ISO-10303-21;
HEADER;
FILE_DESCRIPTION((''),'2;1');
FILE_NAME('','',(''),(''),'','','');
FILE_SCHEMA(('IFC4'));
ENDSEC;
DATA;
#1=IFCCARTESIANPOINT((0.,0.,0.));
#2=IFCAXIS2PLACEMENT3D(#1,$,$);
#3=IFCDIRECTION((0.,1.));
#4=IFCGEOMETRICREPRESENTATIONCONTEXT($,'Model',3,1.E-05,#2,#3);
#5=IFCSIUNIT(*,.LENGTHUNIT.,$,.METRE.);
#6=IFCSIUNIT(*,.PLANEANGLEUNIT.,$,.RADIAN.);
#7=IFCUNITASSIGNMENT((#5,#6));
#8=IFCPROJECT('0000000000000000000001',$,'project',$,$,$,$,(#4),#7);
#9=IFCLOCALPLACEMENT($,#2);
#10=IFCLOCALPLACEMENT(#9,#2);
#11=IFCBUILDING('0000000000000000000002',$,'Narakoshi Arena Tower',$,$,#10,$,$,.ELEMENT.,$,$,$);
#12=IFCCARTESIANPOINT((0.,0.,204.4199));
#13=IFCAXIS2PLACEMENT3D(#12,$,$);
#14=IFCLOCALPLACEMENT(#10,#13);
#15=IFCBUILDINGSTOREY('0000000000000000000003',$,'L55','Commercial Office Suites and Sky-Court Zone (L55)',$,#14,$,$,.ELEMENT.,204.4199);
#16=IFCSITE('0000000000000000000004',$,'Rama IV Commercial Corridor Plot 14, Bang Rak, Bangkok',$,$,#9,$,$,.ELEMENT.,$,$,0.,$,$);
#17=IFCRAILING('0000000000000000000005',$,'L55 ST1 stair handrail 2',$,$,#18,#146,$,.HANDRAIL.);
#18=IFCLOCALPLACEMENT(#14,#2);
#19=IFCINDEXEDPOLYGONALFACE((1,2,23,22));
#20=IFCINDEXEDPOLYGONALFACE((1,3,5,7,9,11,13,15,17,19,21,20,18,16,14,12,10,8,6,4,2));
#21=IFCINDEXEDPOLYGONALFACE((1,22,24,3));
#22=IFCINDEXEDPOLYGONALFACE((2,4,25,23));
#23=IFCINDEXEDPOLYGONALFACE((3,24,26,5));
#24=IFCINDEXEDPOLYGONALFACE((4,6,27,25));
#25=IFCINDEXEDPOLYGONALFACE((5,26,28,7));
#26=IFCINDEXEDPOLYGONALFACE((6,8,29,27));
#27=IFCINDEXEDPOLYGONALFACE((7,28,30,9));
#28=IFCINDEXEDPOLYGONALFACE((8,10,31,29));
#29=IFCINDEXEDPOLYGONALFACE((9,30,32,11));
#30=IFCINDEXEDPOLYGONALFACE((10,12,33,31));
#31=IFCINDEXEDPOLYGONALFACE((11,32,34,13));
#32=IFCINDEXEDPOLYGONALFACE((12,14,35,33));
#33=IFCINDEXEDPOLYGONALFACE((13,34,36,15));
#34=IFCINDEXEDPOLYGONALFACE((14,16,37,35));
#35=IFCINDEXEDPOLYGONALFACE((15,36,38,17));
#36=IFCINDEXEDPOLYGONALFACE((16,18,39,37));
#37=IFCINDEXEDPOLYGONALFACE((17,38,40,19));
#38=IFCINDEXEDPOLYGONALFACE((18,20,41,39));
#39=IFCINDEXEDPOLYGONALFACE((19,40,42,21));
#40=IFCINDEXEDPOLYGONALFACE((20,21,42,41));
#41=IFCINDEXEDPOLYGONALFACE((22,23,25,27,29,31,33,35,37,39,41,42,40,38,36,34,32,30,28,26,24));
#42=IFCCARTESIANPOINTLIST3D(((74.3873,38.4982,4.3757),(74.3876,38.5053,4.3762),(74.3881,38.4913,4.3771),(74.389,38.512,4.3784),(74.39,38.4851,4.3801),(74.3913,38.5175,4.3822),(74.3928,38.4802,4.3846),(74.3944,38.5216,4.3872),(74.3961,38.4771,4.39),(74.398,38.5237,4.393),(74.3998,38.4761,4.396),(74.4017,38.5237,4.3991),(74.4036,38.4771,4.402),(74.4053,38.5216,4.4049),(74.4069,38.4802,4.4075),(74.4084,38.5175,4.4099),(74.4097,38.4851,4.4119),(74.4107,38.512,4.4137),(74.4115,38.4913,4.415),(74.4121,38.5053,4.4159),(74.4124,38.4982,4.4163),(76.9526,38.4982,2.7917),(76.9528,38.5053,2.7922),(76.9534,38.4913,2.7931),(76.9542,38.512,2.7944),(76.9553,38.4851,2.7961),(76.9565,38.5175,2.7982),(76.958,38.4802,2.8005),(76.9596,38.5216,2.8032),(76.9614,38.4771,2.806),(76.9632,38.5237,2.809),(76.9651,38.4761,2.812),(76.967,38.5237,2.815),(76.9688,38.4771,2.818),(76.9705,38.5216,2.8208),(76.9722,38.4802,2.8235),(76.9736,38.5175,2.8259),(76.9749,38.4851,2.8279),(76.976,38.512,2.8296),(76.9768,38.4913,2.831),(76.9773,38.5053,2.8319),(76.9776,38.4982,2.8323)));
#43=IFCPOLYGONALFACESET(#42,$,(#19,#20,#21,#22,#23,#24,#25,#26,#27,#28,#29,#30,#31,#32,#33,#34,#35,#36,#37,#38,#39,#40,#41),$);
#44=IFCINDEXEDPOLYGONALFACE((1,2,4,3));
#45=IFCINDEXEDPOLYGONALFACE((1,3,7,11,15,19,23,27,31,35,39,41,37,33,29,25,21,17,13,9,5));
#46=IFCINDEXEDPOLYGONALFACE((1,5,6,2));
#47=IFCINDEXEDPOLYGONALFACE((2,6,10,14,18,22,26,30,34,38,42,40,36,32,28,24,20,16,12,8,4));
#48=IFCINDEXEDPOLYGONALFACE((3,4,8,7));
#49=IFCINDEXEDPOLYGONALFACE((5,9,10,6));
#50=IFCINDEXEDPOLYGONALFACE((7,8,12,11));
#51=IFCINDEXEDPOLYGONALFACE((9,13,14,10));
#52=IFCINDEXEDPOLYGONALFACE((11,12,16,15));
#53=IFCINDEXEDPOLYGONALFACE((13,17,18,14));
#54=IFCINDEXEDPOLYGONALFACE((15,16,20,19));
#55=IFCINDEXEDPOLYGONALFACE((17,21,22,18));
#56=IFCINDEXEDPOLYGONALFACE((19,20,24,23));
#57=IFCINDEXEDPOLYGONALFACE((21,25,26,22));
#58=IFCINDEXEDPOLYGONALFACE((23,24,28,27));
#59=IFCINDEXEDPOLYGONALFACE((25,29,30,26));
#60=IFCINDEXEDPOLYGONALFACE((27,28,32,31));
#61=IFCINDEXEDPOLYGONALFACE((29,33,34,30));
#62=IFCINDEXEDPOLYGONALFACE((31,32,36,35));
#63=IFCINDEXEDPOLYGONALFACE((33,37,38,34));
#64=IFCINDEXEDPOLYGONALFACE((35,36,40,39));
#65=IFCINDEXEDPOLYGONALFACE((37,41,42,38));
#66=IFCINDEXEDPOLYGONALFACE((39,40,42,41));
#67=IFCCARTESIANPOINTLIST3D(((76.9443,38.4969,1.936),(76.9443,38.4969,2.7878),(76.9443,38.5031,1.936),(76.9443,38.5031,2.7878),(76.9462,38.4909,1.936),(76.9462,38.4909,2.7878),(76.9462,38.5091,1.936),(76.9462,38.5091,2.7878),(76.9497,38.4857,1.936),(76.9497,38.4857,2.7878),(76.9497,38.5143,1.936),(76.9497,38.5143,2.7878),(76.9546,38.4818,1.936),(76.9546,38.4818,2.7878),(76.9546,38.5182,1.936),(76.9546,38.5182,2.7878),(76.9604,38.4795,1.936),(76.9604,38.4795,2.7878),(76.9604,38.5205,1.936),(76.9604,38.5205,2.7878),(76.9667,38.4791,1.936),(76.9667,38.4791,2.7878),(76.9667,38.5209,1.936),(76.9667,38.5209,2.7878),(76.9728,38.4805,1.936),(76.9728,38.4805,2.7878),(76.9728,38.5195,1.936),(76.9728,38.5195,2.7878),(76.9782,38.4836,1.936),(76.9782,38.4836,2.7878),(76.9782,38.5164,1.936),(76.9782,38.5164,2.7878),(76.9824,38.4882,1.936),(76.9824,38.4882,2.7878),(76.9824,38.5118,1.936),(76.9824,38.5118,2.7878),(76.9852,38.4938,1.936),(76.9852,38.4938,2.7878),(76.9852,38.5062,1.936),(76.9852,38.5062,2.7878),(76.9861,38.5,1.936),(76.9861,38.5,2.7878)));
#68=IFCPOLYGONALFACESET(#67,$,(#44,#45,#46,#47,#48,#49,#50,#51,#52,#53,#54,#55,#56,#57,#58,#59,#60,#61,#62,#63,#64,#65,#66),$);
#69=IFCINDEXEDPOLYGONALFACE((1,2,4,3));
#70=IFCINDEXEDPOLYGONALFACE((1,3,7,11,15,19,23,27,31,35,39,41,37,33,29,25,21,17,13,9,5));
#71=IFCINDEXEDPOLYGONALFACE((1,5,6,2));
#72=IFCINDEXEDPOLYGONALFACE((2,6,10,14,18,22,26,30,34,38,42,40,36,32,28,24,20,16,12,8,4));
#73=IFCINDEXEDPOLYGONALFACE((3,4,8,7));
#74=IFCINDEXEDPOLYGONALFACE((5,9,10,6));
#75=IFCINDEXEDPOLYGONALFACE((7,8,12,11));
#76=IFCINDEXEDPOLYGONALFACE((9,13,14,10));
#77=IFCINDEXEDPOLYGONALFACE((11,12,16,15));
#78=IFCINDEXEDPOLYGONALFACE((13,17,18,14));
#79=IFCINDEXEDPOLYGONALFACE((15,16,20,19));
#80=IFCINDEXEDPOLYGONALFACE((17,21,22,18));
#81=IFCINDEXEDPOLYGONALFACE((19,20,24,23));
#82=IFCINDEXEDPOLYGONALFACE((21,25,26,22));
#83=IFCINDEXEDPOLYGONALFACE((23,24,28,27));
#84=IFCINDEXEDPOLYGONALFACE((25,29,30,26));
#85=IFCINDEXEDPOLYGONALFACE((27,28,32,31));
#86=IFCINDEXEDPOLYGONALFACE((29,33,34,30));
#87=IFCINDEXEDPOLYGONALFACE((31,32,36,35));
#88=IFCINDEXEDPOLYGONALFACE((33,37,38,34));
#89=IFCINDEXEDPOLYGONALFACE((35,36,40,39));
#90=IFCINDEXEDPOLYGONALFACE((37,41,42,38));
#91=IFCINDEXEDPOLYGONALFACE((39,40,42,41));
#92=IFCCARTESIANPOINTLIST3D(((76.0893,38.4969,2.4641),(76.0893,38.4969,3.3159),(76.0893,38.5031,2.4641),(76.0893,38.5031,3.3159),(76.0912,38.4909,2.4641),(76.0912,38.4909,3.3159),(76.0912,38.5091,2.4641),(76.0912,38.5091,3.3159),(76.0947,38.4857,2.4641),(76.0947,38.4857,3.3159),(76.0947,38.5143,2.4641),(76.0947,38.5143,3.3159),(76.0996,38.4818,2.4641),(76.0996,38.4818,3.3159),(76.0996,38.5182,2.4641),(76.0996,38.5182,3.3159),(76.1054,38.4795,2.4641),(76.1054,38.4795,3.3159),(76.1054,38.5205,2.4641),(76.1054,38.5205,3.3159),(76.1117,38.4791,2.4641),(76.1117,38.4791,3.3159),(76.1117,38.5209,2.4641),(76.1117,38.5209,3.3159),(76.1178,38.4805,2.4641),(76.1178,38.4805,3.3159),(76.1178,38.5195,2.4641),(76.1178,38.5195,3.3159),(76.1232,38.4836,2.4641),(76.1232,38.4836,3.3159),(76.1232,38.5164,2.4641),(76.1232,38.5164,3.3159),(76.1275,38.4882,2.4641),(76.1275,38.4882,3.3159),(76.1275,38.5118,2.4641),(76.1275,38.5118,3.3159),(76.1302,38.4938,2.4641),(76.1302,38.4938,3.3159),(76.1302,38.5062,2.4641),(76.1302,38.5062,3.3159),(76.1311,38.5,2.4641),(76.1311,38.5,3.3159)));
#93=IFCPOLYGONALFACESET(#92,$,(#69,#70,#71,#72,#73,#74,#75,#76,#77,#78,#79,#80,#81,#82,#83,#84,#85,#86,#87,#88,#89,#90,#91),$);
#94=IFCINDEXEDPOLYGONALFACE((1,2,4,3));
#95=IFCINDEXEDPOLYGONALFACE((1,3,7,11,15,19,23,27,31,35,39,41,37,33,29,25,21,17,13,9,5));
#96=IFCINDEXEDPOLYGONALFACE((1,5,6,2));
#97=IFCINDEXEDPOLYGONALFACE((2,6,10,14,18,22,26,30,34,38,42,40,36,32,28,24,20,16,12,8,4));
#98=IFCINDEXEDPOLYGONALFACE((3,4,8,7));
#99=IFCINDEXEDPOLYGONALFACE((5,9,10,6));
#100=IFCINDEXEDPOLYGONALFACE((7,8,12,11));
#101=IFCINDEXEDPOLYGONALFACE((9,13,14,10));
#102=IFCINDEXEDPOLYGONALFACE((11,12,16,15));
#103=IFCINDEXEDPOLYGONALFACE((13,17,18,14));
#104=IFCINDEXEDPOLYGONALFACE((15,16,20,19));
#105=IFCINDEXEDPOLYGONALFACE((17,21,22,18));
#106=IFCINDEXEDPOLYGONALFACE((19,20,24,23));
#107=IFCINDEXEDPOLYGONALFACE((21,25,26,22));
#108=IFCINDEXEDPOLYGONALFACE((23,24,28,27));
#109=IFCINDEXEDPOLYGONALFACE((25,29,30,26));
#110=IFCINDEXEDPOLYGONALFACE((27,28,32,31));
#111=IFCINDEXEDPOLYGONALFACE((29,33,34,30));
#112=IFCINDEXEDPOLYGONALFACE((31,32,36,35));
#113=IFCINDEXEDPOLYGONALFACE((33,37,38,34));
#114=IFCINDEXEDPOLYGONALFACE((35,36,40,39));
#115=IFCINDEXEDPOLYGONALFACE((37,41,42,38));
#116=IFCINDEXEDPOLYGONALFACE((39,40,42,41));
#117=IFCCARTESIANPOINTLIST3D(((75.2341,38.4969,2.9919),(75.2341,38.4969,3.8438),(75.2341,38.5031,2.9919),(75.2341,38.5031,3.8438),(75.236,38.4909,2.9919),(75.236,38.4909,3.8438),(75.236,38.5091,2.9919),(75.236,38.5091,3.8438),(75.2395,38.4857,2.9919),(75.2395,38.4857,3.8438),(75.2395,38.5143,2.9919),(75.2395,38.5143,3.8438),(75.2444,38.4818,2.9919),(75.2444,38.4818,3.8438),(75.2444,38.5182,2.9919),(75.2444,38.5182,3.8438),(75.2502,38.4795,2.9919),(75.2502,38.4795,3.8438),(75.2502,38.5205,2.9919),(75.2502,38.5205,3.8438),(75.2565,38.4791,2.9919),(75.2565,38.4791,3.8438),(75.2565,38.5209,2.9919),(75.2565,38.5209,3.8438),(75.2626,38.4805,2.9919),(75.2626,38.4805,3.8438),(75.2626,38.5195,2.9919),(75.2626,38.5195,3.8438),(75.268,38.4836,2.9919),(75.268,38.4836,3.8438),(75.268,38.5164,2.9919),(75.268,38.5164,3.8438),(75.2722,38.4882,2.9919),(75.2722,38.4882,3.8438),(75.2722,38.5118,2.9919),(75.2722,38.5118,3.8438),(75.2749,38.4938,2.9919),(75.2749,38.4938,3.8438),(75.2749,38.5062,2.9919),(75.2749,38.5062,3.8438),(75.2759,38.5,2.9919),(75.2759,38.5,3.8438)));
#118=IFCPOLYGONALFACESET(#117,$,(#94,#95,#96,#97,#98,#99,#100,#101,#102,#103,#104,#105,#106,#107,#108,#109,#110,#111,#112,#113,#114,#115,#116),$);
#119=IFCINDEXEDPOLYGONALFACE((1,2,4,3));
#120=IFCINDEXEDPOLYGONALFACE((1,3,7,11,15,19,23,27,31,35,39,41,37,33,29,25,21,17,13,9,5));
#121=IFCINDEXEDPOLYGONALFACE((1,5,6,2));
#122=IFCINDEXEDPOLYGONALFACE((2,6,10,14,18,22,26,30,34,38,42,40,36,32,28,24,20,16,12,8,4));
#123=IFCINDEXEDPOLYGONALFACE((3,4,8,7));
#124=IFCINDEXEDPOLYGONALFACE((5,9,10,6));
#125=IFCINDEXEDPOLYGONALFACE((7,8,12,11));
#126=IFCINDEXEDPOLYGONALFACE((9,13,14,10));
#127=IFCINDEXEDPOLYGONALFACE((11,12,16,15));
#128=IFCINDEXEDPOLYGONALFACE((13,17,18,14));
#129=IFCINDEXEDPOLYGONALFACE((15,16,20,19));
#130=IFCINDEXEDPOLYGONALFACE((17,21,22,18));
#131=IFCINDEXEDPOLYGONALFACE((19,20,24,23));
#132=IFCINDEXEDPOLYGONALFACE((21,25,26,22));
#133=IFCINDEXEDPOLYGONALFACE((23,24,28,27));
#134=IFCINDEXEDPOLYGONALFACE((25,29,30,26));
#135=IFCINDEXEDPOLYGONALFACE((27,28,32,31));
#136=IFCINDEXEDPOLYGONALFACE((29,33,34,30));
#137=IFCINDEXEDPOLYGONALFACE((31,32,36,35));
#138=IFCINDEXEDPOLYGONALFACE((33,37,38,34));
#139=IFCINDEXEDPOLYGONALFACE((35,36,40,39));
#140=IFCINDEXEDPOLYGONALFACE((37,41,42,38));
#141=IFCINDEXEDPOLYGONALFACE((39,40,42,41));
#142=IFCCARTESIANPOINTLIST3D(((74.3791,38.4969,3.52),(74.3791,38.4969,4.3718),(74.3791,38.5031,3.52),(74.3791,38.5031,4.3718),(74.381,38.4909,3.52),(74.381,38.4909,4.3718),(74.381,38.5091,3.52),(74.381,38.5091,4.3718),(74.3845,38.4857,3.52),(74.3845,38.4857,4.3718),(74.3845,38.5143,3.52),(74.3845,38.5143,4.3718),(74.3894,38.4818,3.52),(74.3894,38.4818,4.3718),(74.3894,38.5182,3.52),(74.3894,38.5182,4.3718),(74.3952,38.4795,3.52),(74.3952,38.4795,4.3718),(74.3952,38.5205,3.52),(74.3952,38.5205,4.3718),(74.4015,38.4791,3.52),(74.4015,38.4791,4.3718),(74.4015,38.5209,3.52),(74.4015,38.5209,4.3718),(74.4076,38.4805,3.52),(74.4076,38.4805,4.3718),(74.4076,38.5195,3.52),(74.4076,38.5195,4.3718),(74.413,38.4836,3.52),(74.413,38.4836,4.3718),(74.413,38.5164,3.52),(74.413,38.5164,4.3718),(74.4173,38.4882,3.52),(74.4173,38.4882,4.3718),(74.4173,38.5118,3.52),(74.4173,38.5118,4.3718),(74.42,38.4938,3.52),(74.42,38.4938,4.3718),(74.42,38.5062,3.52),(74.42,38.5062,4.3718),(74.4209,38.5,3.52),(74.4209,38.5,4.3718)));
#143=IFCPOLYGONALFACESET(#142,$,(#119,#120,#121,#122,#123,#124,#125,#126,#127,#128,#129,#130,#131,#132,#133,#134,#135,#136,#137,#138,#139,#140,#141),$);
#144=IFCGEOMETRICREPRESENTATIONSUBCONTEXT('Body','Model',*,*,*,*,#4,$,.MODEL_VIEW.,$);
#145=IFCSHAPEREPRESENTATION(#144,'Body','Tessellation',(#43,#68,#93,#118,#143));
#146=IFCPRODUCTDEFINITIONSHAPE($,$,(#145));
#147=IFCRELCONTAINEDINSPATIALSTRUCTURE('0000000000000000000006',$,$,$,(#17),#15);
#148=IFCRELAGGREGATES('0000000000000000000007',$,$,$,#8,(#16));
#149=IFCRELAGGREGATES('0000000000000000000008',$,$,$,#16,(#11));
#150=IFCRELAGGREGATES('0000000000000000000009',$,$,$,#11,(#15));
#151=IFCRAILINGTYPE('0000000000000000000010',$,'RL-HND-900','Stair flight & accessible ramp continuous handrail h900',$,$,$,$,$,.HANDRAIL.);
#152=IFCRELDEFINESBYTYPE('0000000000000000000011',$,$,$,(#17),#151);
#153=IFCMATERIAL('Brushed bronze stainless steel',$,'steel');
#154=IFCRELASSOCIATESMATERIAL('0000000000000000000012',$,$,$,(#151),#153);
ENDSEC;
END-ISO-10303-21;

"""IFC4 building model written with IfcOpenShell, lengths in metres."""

from ifc_helpers import new_model, si_unit, direction, frame, origin, origin_2d, place, context, subcontext, project, spatial, circle, extrude, material, type_object, element, save


model = new_model("IFC4")

# Units and contexts
model_context = context("Model", 3, precision=1e-05, world=origin(), true_north=direction((0.0, 1.0)))
body_context = subcontext(model_context, "Body", "Model", "MODEL_VIEW")
ifc_project = project(units=[si_unit("LENGTHUNIT", "METRE"), si_unit("PLANEANGLEUNIT", "RADIAN")], contexts=[model_context])

# Site, building, storey
site_placement = place(None, origin())
site = spatial("IfcSite", under=ifc_project, at=site_placement, Name="Rama IV Commercial Corridor Plot 14, Bang Rak, Bangkok", CompositionType="ELEMENT", RefElevation=0.0)
building_placement = place(site_placement, origin())
building = spatial("IfcBuilding", under=site, at=building_placement, Name="Narakoshi Arena Tower", CompositionType="ELEMENT")
storey_placement = place(building_placement, frame((0.0, 0.0, 204.4199)))
storey = spatial("IfcBuildingStorey", under=building, at=storey_placement, Name="L55", Description="Commercial Office Suites and Sky-Court Zone (L55)", CompositionType="ELEMENT", Elevation=204.4199)

# Railing
ifc_material_1 = material(Name="Brushed bronze stainless steel", Category="steel")
railing_type_1 = type_object("IfcRailingType", Name="RL-HND-900", Description="Stair flight & accessible ramp continuous handrail h900", PredefinedType="HANDRAIL", material=ifc_material_1)
railing_1_placement = place(storey_placement, frame((76.9651, 38.5, 1.936)))
element("IfcRailing", 1, at=railing_1_placement, inside=storey, type_object=railing_type_1, Name="L55 ST1 stair handrail 2", PredefinedType="HANDRAIL", context=body_context, shape_type="SweptSolid", body=[
    extrude(circle(Radius=0.0239, at=origin_2d()), frame((0.0, 0.0, 0.876), z_axis=(-0.850857, 0.0, 0.525398), x_axis=(0.0, -1.0, 0.0)), (0.0, 0.0, 1.0), 3.0149),
    extrude(circle(Radius=0.021, at=origin_2d()), origin(), (0.0, 0.0, 1.0), 0.8518),
    extrude(circle(Radius=0.021, at=origin_2d()), frame((-0.855, 0.0, 0.5281)), (0.0, 0.0, 1.0), 0.8518),
    extrude(circle(Radius=0.021, at=origin_2d()), frame((-1.7102, 0.0, 1.0559)), (0.0, 0.0, 1.0), 0.8518),
    extrude(circle(Radius=0.021, at=origin_2d()), frame((-2.5652, 0.0, 1.584)), (0.0, 0.0, 1.0), 0.8518),
])

save(model, "model.ifc")
